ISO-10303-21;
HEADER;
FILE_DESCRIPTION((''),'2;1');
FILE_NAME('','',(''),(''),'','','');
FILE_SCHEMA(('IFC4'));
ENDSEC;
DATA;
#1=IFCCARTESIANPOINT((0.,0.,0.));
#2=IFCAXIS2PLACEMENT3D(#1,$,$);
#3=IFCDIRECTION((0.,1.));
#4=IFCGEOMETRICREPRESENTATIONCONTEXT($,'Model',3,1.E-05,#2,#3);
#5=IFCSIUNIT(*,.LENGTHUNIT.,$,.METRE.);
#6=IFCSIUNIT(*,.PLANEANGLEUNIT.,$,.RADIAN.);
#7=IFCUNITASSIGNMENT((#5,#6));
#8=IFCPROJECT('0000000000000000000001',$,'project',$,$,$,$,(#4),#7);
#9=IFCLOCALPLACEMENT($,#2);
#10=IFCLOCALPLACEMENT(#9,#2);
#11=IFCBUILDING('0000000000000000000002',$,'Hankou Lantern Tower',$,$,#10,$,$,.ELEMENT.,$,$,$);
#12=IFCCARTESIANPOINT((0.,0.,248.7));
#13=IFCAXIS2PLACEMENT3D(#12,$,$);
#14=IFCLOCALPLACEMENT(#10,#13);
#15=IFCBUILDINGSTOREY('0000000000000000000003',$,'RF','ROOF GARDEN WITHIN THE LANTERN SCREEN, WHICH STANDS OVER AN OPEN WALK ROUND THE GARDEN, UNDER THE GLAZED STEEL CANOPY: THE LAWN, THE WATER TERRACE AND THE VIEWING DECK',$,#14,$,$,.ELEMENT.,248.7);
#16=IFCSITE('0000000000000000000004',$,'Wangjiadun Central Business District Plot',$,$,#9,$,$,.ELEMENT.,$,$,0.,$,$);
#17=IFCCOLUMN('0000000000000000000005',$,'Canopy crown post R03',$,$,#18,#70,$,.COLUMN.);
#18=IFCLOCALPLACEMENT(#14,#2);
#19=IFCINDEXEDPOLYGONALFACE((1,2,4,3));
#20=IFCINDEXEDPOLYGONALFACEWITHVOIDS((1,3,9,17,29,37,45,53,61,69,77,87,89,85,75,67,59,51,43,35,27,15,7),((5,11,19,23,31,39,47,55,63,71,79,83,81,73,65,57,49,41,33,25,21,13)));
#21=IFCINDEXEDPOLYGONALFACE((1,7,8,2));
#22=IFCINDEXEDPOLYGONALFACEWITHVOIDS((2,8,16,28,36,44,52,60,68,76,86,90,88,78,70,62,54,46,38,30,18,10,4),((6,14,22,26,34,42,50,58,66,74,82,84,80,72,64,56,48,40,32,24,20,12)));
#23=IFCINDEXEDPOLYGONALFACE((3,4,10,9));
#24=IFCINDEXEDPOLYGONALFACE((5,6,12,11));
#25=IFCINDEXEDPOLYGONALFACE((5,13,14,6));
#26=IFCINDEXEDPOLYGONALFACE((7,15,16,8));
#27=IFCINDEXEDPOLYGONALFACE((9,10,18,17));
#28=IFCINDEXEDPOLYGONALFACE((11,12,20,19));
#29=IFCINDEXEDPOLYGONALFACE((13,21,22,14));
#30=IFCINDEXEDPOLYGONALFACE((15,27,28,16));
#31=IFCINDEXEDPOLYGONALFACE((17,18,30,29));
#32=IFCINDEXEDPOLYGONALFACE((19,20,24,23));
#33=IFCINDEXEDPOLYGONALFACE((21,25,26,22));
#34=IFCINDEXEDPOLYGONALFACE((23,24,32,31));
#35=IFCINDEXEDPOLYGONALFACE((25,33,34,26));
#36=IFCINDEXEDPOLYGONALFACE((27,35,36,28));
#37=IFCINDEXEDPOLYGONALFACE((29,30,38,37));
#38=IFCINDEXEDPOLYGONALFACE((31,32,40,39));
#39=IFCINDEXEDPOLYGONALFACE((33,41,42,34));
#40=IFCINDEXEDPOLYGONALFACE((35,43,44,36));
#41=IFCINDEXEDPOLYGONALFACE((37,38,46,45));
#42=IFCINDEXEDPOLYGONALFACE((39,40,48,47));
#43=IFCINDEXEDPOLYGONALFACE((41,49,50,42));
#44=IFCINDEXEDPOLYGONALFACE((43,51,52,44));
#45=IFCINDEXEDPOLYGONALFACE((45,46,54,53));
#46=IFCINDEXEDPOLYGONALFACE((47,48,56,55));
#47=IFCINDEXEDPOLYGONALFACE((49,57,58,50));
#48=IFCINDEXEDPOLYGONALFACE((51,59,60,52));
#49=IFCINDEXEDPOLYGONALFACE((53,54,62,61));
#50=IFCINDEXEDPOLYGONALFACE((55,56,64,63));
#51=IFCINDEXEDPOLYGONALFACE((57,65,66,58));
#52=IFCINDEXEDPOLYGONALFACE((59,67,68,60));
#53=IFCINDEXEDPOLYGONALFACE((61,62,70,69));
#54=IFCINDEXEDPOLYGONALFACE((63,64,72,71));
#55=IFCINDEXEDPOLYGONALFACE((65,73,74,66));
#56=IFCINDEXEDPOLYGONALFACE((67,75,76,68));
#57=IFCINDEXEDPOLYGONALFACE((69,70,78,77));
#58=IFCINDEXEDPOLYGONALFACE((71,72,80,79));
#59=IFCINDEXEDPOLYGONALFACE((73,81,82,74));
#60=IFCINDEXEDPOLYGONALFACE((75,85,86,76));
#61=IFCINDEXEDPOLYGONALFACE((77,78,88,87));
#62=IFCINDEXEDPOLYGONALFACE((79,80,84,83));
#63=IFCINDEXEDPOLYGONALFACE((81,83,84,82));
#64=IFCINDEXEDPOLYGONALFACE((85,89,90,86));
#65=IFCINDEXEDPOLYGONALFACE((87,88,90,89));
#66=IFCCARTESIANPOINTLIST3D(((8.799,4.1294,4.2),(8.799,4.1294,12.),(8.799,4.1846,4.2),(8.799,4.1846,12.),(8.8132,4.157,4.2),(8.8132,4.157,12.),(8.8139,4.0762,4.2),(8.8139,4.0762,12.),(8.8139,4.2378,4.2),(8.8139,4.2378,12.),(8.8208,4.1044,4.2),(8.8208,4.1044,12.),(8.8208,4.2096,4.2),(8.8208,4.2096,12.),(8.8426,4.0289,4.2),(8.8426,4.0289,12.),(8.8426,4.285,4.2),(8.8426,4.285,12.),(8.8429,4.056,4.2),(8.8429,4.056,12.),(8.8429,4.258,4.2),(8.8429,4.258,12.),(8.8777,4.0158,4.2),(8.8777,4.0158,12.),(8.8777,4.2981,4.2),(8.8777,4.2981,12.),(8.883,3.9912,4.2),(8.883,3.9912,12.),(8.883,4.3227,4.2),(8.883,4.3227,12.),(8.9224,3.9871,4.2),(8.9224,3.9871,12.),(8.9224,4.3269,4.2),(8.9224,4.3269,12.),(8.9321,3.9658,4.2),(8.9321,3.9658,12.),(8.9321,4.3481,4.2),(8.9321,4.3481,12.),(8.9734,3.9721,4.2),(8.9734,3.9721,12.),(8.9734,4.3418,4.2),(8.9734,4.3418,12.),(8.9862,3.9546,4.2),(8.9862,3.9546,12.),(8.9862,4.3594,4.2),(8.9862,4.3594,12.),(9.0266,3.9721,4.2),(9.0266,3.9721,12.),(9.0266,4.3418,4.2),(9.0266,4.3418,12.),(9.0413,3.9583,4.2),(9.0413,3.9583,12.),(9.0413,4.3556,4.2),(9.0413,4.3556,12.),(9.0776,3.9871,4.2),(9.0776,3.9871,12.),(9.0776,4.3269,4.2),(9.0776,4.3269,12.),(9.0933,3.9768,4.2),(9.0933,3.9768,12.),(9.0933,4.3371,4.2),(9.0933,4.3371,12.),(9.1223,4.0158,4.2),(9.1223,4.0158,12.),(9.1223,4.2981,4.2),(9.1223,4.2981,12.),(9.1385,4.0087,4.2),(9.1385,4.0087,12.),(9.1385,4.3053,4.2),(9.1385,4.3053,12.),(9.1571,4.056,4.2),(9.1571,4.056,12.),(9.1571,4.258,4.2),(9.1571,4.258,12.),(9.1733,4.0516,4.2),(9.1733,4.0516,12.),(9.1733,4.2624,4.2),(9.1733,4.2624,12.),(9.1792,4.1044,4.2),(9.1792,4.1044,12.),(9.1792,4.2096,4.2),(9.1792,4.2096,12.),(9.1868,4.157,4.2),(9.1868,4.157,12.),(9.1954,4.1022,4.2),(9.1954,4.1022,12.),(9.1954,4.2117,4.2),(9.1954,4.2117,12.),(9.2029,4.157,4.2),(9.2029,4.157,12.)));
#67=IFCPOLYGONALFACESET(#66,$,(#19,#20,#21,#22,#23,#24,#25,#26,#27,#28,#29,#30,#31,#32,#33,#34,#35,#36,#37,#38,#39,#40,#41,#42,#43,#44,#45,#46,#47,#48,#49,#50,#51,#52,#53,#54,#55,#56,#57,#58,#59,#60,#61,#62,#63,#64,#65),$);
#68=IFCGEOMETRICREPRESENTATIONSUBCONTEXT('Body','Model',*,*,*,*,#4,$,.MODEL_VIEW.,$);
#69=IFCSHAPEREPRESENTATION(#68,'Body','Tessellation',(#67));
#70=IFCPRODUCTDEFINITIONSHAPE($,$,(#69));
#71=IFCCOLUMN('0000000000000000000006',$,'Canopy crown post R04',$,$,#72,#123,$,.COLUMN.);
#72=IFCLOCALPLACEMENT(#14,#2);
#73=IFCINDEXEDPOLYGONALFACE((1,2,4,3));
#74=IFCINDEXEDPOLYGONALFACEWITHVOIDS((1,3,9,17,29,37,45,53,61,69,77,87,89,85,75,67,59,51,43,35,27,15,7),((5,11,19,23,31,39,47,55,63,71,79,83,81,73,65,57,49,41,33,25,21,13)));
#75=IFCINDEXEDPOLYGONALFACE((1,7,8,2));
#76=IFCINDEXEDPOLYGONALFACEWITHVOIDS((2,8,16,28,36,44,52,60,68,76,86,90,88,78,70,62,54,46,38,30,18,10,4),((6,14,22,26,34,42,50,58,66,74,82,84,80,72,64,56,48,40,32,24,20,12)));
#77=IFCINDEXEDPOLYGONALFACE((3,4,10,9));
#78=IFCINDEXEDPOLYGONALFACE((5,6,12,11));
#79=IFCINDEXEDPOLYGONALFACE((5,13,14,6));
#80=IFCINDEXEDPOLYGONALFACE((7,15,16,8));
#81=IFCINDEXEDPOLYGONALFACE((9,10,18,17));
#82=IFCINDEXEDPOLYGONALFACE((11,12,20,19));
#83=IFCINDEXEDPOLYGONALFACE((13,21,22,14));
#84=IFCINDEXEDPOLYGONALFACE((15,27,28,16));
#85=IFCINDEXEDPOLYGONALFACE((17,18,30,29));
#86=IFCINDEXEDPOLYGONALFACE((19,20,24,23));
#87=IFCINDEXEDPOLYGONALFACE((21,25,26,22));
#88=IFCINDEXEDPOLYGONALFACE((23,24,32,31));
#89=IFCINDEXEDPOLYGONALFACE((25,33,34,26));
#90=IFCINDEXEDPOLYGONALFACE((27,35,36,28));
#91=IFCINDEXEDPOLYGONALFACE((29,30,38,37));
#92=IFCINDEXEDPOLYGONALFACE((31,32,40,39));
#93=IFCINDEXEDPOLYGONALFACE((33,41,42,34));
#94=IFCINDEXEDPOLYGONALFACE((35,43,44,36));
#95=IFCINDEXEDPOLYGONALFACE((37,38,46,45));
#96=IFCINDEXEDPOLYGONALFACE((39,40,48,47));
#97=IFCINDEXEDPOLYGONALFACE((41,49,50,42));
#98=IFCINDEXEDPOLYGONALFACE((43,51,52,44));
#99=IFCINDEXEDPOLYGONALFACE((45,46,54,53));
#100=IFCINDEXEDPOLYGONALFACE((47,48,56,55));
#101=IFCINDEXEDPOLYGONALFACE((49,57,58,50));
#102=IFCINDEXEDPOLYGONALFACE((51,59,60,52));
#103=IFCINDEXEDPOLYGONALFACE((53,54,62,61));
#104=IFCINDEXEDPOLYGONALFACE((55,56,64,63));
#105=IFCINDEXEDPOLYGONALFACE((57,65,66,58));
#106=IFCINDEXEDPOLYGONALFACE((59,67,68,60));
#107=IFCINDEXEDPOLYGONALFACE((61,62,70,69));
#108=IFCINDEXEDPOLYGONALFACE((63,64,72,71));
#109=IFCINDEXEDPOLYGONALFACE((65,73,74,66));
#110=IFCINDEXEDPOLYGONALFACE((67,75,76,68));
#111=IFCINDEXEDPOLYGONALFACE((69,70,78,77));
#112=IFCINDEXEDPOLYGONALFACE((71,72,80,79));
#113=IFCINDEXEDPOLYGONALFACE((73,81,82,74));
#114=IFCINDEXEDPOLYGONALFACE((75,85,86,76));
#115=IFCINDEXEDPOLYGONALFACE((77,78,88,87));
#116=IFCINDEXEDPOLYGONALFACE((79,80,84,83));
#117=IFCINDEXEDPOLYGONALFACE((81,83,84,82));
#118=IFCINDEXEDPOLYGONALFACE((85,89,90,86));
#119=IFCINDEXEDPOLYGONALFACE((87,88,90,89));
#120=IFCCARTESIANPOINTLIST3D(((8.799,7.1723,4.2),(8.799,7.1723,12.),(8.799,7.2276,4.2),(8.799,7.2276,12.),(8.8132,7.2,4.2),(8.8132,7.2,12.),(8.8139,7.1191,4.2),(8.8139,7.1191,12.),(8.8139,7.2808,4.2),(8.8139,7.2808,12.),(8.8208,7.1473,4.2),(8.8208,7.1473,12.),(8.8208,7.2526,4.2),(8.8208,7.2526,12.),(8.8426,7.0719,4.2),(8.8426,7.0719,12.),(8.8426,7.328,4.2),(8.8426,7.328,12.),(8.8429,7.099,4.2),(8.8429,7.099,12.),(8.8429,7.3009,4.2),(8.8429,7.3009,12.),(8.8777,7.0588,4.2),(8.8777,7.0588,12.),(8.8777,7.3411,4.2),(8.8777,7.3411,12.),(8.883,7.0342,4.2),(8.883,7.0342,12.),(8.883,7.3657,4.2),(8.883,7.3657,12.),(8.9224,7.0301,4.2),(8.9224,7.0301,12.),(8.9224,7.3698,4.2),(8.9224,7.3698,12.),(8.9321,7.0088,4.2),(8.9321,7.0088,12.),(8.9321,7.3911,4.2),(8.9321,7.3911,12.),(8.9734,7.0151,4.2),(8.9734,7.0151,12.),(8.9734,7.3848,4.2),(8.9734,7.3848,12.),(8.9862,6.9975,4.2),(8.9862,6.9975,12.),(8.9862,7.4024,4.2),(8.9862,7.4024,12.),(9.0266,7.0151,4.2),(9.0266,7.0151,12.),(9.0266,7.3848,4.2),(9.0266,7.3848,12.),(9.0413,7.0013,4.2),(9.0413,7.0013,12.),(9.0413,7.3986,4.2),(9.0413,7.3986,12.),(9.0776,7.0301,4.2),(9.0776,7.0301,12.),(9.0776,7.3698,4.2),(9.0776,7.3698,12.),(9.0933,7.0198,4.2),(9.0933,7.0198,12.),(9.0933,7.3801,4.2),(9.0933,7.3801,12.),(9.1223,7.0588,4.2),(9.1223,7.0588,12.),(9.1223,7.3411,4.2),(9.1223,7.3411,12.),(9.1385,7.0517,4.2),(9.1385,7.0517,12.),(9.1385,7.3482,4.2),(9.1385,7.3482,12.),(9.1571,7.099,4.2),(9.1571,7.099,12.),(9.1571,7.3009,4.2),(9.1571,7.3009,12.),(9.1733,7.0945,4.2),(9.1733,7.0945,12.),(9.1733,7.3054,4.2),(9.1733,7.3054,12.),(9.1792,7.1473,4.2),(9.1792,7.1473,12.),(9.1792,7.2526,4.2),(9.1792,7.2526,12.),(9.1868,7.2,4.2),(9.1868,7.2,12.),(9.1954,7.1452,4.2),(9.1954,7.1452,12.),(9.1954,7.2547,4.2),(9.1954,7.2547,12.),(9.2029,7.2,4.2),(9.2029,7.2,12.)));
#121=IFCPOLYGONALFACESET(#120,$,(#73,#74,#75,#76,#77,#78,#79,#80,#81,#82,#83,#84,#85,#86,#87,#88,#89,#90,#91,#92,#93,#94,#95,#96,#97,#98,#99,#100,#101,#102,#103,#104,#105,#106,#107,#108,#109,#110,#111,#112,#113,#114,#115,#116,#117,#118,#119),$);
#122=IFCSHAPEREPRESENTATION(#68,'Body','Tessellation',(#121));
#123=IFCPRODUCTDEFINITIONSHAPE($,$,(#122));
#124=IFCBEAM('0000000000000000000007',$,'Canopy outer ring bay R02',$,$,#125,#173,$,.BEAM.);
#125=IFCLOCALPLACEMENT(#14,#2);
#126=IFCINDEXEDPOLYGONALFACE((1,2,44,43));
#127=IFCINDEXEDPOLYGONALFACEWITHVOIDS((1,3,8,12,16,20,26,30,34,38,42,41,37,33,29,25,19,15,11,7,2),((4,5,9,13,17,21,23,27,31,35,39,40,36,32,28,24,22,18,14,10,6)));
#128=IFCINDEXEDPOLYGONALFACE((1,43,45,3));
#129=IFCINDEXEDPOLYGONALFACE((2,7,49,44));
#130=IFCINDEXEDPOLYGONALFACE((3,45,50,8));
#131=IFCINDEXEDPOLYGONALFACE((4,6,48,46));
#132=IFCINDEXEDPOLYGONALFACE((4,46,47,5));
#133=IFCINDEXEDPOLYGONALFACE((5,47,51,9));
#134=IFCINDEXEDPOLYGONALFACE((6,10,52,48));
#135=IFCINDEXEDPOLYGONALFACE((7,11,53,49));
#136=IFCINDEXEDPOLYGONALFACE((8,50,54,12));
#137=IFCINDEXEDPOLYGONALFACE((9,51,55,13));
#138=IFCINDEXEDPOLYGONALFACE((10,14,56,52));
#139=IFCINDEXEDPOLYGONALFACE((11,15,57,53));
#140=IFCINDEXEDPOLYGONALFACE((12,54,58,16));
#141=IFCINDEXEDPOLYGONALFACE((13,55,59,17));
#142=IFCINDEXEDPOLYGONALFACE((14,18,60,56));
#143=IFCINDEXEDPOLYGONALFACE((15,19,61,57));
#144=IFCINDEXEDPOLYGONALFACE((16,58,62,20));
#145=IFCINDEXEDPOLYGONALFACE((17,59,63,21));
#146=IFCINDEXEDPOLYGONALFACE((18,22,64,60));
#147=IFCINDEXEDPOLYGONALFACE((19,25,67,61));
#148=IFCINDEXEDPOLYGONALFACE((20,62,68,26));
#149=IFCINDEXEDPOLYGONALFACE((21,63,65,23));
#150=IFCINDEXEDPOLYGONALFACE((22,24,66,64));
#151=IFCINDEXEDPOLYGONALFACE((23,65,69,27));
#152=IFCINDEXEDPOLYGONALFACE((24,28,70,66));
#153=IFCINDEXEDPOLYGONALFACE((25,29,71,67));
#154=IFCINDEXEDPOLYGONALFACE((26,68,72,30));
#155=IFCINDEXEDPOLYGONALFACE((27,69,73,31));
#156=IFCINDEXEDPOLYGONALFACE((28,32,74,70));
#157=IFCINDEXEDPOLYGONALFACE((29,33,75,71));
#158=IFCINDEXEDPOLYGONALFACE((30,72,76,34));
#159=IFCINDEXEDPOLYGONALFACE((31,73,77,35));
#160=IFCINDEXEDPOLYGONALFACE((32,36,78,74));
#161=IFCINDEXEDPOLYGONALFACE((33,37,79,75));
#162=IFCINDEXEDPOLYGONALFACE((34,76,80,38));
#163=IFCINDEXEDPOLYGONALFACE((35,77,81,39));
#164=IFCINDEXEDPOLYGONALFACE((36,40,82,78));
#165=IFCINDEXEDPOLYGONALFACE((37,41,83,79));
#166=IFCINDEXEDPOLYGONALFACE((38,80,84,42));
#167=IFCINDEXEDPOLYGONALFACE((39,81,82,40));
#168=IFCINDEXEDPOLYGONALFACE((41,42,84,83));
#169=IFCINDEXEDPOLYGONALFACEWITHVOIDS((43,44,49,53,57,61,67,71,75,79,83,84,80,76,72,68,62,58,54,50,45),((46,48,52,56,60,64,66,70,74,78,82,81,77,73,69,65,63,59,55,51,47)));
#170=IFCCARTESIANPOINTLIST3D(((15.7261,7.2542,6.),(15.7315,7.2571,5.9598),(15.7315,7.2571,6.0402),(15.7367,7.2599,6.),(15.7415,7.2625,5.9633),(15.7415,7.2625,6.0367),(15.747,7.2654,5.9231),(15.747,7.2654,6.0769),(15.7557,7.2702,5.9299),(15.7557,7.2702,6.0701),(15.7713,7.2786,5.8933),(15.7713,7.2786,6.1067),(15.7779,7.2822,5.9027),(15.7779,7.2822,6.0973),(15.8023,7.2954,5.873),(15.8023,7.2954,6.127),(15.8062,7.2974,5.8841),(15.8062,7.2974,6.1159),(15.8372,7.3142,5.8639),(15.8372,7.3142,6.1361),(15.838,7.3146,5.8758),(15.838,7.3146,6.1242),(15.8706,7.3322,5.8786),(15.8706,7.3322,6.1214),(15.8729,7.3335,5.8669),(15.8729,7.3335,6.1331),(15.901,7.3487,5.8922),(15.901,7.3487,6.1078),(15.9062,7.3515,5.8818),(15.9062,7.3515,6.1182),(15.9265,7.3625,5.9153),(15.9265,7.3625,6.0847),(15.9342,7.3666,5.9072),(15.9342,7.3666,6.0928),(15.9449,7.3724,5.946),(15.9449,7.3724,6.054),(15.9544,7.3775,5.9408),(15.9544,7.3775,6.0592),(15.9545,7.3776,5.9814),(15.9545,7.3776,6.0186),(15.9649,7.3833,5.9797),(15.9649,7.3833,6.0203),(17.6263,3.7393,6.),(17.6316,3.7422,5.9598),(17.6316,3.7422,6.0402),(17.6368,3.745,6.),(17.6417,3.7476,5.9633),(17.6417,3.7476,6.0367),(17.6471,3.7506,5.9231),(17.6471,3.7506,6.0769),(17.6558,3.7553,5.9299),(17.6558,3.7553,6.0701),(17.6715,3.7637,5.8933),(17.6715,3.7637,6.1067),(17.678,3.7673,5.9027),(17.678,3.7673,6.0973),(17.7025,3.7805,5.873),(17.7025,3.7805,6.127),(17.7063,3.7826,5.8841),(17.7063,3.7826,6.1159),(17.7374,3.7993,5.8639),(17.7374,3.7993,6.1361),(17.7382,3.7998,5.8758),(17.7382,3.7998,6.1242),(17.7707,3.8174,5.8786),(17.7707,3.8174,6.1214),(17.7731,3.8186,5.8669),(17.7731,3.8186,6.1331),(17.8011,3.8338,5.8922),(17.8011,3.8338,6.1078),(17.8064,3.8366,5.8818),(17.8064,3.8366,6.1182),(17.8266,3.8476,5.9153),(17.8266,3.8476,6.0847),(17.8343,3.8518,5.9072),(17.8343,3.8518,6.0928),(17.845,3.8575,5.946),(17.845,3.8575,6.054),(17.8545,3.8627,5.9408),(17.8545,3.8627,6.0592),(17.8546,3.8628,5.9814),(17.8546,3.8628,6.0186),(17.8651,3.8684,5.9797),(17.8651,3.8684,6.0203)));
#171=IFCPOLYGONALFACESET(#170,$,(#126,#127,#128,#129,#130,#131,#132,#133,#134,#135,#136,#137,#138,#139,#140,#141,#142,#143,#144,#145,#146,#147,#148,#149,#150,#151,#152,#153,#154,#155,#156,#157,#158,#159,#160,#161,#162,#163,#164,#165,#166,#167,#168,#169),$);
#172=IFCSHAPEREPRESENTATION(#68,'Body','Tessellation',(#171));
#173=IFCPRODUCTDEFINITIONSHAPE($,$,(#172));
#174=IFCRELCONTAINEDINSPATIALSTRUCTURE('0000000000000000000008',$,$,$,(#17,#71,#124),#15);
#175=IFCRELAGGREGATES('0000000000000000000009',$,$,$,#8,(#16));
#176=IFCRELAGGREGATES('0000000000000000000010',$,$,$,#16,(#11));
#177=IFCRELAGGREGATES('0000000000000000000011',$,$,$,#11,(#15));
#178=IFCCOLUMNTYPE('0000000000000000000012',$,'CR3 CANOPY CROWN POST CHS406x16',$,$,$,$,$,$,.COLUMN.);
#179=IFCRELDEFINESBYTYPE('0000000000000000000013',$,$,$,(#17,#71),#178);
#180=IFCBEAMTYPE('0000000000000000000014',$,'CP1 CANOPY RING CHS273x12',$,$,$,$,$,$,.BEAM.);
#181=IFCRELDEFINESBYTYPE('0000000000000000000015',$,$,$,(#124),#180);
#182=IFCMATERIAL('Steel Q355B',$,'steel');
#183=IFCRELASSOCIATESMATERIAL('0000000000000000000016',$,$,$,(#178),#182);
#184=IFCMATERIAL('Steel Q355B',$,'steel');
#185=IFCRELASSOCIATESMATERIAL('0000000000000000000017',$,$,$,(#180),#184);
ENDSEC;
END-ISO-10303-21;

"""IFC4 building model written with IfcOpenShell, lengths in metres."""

from ifc_helpers import new_model, si_unit, direction, frame, origin, origin_2d, place, context, subcontext, project, spatial, hollow_circle, extrude, material, material_profile, profile_set, type_object, element, save


model = new_model("IFC4")

# Units and contexts
model_context = context("Model", 3, precision=1e-05, world=origin(), true_north=direction((0.0, 1.0)))
body_context = subcontext(model_context, "Body", "Model", "MODEL_VIEW")
ifc_project = project(units=[si_unit("LENGTHUNIT", "METRE"), si_unit("PLANEANGLEUNIT", "RADIAN")], contexts=[model_context])

# Site, building, storey
site_placement = place(None, origin())
site = spatial("IfcSite", under=ifc_project, at=site_placement, Name="Wangjiadun Central Business District Plot", CompositionType="ELEMENT", RefElevation=0.0)
building_placement = place(site_placement, origin())
building = spatial("IfcBuilding", under=site, at=building_placement, Name="Hankou Lantern Tower", CompositionType="ELEMENT")
storey_placement = place(building_placement, frame((0.0, 0.0, 248.7)))
storey = spatial("IfcBuildingStorey", under=building, at=storey_placement, Name="RF", Description="ROOF GARDEN WITHIN THE LANTERN SCREEN, WHICH STANDS OVER AN OPEN WALK ROUND THE GARDEN, UNDER THE GLAZED STEEL CANOPY: THE LAWN, THE WATER TERRACE AND THE VIEWING DECK", CompositionType="ELEMENT", Elevation=248.7)

# Columns
ifc_material_1 = material(Name="Steel Q355B", Category="steel")
ifc_material_profile_1 = material_profile(ifc_material_1, hollow_circle(Radius=0.2029, WallThickness=0.0161, at=origin_2d()), Name="CHS406x16")
ifc_profile_set_1 = profile_set([ifc_material_profile_1], Name="Steel Q355B")
column_type = type_object("IfcColumnType", Name="CR3 CANOPY CROWN POST CHS406x16", PredefinedType="COLUMN", material=ifc_profile_set_1)
for number, where, z_axis, x_axis, name in (
    (1, (9.0, 4.157, 4.2), (0.0, 0.0, 1.0), (1.0, 0.0, 0.0), "Canopy crown post R03"),
    (2, (9.0, 7.2, 4.2), (0.0, 0.0, 1.0), (1.0, 0.0, 0.0), "Canopy crown post R04"),
):
    element("IfcColumn", number, at=place(storey_placement, frame(where, z_axis=z_axis, x_axis=x_axis)), inside=storey, type_object=column_type, Name=name, PredefinedType="COLUMN", context=body_context, shape_type="SweptSolid", body=[
        extrude(hollow_circle(Radius=0.2029, WallThickness=0.0161, at=origin_2d()), origin(), (0.0, 0.0, 1.0), 7.8),
    ])

# Beam
ifc_material_2 = material(Name="Steel Q355B", Category="steel")
ifc_material_profile_2 = material_profile(ifc_material_2, hollow_circle(Radius=0.1365, WallThickness=0.012, at=origin_2d()), Name="CHS273x12")
ifc_profile_set_2 = profile_set([ifc_material_profile_2], Name="Steel Q355B")
beam_type_1 = type_object("IfcBeamType", Name="CP1 CANOPY RING CHS273x12", PredefinedType="BEAM", material=ifc_profile_set_2)
beam_1_placement = place(storey_placement, frame((17.7463, 3.8042, 6.0), z_axis=(-0.475557, 0.879685, 0.0), x_axis=(-0.879685, -0.475557, 0.0)))
element("IfcBeam", 3, at=beam_1_placement, inside=storey, type_object=beam_type_1, Name="Canopy outer ring bay R02", PredefinedType="BEAM", context=body_context, shape_type="SweptSolid", body=[
    extrude(hollow_circle(Radius=0.1365, WallThickness=0.012, at=origin_2d()), origin(), (0.0, 0.0, 1.0), 3.9956),
])

save(model, "model.ifc")
